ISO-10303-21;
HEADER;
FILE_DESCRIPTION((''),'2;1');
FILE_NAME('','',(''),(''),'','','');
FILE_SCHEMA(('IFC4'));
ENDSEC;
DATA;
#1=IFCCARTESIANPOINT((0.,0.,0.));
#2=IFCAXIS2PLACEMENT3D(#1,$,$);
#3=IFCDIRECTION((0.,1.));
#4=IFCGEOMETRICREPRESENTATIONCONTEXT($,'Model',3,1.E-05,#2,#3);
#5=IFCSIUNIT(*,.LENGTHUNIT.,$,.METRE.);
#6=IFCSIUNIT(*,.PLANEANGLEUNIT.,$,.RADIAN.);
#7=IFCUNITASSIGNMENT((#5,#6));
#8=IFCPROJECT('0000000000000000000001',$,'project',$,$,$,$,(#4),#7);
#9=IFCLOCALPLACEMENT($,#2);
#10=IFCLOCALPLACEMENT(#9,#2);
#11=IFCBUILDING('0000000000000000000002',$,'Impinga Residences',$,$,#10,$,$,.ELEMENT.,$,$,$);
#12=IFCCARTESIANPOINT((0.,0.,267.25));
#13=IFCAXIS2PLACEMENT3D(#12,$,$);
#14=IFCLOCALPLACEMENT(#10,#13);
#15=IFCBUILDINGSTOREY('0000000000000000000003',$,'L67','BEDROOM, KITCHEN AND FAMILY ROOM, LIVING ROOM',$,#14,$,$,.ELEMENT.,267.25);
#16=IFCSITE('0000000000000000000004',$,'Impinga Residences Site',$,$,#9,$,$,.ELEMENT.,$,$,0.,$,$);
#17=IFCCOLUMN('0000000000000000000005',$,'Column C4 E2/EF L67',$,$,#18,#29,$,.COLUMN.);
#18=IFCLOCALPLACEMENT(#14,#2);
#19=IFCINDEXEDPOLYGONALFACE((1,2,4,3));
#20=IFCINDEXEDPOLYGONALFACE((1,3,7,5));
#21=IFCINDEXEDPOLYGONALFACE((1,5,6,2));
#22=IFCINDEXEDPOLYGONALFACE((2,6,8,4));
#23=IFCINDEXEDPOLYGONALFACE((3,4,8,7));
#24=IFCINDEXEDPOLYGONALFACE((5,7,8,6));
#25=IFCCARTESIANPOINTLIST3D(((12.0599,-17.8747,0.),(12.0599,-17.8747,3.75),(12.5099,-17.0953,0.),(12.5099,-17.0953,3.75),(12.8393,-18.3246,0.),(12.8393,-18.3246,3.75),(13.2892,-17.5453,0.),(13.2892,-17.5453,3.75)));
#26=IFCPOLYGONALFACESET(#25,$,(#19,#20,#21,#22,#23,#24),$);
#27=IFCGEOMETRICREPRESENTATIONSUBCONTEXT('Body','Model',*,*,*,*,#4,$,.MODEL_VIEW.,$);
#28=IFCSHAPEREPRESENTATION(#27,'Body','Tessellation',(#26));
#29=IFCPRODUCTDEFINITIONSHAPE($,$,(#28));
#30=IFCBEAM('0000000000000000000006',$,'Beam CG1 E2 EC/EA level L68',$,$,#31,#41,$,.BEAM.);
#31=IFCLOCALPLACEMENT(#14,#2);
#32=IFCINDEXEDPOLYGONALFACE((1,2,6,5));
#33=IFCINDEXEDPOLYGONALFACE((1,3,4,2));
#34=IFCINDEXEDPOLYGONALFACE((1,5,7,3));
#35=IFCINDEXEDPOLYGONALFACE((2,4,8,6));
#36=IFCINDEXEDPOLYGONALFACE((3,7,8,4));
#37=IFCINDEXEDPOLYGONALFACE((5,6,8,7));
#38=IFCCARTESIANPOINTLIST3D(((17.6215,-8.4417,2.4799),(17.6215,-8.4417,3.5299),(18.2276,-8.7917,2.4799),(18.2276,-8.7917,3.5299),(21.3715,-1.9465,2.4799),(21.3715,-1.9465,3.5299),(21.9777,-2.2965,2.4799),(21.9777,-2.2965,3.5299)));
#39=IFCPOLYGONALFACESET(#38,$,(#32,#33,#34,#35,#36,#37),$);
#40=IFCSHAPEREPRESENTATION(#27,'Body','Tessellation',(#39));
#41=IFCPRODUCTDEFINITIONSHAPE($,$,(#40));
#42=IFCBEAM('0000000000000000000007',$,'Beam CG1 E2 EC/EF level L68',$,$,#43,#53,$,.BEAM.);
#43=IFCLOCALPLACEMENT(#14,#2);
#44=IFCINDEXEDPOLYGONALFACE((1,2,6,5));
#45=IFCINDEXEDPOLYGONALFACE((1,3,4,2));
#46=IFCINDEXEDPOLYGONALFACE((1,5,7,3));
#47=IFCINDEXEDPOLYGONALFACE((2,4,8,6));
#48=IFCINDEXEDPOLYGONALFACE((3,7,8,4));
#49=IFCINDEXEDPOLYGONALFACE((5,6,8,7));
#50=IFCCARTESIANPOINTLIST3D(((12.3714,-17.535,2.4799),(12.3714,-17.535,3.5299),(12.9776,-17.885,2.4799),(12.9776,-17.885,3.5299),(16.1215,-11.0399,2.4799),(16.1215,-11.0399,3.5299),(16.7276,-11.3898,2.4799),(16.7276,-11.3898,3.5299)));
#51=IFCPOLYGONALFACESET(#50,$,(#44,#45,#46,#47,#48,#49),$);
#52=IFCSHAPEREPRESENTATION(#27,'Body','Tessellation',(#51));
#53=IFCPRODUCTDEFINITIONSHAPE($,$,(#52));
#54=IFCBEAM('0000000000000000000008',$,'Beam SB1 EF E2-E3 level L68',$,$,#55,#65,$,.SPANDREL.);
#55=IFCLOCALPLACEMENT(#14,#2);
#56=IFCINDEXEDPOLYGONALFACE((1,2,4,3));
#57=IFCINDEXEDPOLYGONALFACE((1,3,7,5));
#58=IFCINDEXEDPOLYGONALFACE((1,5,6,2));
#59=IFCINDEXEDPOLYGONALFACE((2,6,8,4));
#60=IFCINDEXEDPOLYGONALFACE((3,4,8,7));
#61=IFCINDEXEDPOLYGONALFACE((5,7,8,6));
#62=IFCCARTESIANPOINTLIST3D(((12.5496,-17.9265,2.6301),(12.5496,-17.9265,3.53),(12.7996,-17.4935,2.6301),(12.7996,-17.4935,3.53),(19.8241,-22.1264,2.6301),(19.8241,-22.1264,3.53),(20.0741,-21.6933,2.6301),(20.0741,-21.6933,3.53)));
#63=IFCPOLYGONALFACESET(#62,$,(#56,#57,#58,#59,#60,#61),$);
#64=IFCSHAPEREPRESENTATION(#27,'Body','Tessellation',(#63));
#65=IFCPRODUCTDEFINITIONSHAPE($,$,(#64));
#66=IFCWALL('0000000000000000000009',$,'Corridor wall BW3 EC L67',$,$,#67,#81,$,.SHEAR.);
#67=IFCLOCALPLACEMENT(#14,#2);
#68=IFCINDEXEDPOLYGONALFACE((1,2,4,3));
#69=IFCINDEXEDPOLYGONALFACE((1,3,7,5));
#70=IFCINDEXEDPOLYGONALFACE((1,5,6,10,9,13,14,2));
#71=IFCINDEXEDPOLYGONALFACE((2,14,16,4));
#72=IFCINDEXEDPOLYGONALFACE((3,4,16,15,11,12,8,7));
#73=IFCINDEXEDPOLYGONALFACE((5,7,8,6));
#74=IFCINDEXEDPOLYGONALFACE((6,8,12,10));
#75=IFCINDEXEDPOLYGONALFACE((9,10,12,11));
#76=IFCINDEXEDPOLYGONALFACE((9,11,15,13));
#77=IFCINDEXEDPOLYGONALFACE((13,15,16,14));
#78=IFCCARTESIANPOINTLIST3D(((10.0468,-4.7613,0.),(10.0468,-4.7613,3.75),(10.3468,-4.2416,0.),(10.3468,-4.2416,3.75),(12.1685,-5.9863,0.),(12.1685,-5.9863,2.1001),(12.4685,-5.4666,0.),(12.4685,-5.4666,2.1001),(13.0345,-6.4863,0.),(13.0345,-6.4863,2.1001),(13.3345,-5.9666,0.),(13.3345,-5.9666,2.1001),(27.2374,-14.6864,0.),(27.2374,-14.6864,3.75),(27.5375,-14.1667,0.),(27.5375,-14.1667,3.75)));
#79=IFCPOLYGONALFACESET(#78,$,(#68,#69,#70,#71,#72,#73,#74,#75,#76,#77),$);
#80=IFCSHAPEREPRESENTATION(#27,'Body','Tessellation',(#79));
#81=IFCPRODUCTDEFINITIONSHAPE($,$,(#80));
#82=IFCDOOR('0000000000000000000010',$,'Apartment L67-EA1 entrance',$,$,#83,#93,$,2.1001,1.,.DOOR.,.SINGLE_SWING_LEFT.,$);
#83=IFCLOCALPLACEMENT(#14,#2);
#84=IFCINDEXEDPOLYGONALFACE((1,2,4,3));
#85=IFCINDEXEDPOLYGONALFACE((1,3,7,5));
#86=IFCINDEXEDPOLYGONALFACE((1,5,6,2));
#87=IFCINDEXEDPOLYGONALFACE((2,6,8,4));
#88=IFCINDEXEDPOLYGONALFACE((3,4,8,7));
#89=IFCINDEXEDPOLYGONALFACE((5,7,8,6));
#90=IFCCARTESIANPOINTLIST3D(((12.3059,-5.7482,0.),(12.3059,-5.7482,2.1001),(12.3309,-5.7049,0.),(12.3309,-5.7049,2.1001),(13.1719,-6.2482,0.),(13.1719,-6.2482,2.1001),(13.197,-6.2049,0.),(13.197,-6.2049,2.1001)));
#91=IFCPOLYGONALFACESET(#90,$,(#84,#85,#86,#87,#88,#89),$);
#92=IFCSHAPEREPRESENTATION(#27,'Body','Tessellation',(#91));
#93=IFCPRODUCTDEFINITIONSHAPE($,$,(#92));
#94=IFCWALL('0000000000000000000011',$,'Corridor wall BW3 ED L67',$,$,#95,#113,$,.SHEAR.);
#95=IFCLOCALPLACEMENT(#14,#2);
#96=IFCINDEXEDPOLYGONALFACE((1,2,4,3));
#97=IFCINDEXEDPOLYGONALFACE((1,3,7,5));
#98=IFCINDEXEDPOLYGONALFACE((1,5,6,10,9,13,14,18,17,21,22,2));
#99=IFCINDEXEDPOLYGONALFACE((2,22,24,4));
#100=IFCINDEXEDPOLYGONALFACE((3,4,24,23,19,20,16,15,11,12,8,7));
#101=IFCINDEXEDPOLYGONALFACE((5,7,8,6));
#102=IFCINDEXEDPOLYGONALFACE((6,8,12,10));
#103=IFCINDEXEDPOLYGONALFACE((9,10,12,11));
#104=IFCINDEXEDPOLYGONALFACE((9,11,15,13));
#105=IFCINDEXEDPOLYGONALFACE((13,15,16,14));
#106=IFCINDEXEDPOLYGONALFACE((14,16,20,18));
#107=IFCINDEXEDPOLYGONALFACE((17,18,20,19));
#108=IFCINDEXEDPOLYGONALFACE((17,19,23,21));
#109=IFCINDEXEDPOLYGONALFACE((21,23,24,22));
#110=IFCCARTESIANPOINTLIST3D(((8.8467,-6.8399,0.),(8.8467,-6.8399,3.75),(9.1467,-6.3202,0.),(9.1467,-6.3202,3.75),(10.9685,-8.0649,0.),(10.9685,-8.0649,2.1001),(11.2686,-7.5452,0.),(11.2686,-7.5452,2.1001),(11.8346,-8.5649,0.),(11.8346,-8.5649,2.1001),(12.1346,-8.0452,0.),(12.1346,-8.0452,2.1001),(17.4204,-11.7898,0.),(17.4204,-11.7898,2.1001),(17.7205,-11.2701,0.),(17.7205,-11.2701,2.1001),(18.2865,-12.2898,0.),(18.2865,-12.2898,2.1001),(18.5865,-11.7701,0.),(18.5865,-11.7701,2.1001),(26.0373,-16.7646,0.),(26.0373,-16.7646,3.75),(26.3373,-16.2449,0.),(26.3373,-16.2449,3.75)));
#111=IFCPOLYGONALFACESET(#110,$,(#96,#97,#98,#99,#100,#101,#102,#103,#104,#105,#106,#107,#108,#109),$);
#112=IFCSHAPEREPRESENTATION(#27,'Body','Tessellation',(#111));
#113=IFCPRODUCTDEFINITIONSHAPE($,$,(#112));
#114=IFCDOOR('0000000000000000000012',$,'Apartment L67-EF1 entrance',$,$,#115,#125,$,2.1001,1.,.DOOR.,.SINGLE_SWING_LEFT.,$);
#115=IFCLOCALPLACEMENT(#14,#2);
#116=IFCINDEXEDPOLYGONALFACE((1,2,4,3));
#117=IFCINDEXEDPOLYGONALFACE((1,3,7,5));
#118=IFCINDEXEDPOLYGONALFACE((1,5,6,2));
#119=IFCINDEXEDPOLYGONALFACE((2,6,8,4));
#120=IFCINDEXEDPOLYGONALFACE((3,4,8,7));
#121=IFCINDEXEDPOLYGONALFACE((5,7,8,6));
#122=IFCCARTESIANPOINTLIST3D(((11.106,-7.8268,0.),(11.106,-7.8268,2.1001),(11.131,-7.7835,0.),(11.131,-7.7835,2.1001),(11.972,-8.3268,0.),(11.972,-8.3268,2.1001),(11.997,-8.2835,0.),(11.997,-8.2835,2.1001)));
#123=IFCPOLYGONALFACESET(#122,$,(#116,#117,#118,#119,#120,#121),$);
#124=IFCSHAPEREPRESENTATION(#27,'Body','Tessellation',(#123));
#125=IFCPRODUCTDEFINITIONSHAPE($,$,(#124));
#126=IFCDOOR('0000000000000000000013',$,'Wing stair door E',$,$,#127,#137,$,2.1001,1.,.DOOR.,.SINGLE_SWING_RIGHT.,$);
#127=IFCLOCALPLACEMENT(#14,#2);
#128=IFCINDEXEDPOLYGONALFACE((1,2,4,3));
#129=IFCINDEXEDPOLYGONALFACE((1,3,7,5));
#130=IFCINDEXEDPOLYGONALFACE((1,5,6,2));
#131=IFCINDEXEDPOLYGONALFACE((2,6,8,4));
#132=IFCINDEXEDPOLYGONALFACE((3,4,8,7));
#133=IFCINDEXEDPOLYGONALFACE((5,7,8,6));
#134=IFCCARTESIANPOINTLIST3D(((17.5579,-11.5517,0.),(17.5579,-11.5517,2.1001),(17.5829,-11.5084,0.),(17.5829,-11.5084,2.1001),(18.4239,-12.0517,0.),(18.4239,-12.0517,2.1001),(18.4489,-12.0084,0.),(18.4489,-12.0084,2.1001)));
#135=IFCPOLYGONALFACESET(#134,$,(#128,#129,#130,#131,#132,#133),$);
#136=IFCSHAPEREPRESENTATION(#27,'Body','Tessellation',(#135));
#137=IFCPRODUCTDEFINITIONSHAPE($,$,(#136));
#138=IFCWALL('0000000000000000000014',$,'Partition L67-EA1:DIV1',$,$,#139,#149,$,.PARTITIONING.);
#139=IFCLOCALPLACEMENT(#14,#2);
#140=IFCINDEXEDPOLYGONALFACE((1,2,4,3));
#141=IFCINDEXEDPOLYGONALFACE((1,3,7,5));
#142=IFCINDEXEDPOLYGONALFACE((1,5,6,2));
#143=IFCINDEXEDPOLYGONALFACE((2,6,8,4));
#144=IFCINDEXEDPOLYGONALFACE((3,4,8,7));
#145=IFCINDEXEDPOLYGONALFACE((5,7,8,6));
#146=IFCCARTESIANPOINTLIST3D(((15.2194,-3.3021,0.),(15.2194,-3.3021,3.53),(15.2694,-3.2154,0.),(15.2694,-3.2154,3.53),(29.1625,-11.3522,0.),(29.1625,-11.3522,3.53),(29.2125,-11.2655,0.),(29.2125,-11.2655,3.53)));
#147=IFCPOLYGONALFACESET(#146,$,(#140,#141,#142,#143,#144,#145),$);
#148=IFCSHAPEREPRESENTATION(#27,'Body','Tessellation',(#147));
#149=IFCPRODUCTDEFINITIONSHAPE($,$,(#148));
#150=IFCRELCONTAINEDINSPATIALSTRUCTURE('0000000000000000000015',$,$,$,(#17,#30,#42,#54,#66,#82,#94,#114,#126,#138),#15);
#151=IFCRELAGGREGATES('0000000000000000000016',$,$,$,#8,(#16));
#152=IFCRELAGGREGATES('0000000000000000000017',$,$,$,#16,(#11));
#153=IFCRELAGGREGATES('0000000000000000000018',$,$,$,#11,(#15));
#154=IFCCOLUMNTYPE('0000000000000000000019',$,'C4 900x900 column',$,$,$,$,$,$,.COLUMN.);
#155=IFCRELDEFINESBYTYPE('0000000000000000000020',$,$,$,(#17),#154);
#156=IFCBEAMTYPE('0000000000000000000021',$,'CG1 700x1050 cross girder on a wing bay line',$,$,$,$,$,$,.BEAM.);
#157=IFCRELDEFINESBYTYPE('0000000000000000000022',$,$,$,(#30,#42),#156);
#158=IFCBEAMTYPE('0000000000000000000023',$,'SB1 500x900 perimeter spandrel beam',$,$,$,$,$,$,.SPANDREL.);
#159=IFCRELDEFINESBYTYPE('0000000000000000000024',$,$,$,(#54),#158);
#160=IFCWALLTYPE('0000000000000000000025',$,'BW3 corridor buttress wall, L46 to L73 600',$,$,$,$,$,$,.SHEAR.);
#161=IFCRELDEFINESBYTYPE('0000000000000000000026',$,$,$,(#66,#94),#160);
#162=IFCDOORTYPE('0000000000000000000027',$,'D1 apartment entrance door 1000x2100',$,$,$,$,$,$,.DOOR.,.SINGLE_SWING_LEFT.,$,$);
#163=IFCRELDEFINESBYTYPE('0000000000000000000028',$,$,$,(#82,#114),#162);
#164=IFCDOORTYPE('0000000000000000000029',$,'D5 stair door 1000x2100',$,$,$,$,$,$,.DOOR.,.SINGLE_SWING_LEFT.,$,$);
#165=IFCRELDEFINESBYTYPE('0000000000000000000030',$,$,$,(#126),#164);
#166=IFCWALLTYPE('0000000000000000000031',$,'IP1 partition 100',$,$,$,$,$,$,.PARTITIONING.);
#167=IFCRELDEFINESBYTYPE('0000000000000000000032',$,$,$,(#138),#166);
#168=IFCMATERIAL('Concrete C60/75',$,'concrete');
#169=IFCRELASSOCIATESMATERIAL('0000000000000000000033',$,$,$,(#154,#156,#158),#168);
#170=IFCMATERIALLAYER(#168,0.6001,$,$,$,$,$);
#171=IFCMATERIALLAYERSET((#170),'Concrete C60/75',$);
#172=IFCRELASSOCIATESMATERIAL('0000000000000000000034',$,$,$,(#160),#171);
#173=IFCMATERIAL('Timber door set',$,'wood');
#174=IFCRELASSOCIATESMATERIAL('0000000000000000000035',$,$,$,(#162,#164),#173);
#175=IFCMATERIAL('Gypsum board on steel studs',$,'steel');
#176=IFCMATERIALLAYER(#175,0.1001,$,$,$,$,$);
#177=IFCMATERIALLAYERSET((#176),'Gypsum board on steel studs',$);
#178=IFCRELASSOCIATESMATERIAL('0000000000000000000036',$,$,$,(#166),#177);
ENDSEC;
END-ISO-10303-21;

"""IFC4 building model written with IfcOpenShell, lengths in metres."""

from ifc_helpers import new_model, si_unit, direction, frame, frame_2d, origin, origin_2d, place, context, subcontext, project, spatial, rectangle, extrude, material, layer, layer_set, material_profile, profile_set, type_object, element, fill, save


model = new_model("IFC4")

# Units and contexts
model_context = context("Model", 3, precision=1e-05, world=origin(), true_north=direction((0.0, 1.0)))
body_context = subcontext(model_context, "Body", "Model", "MODEL_VIEW")
ifc_project = project(units=[si_unit("LENGTHUNIT", "METRE"), si_unit("PLANEANGLEUNIT", "RADIAN")], contexts=[model_context])

# Site, building, storey
site_placement = place(None, origin())
site = spatial("IfcSite", under=ifc_project, at=site_placement, Name="Impinga Residences Site", CompositionType="ELEMENT", RefElevation=0.0)
building_placement = place(site_placement, origin())
building = spatial("IfcBuilding", under=site, at=building_placement, Name="Impinga Residences", CompositionType="ELEMENT")
storey_placement = place(building_placement, frame((0.0, 0.0, 267.25)))
storey = spatial("IfcBuildingStorey", under=building, at=storey_placement, Name="L67", Description="BEDROOM, KITCHEN AND FAMILY ROOM, LIVING ROOM", CompositionType="ELEMENT", Elevation=267.25)

# Column
ifc_material_1 = material(Name="Concrete C60/75", Category="concrete")
ifc_material_profile_1 = material_profile(ifc_material_1, rectangle(XDim=0.8999, YDim=0.8999, at=origin_2d()), Name="RC 900x900")
ifc_profile_set_1 = profile_set([ifc_material_profile_1], Name="Concrete C60/75")
column_type = type_object("IfcColumnType", Name="C4 900x900 column", PredefinedType="COLUMN", material=ifc_profile_set_1)
column_placement = place(storey_placement, frame((12.6746, -17.71, 0.0), z_axis=(0.0, 0.0, 1.0), x_axis=(-0.5, -0.866025, 0.0)))
element("IfcColumn", 1, at=column_placement, inside=storey, type_object=column_type, Name="Column C4 E2/EF L67", PredefinedType="COLUMN", context=body_context, shape_type="SweptSolid", body=[
    extrude(rectangle(XDim=0.8999, YDim=0.8999, at=origin_2d()), origin(), (0.0, 0.0, 1.0), 3.75),
])

# Beams
ifc_material_profile_2 = material_profile(ifc_material_1, rectangle(XDim=0.7, YDim=1.05, at=origin_2d()), Name="RC 700x1050")
ifc_profile_set_2 = profile_set([ifc_material_profile_2], Name="Concrete C60/75")
beam_type_1 = type_object("IfcBeamType", Name="CG1 700x1050 cross girder on a wing bay line", PredefinedType="BEAM", material=ifc_profile_set_2)
for number, where, z_axis, x_axis, name in (
    (2, (17.9246, -8.6167, 3.0049), (0.500004, 0.866023, 0.0), (-0.866023, 0.500004, 0.0), "Beam CG1 E2 EC/EA level L68"),
    (3, (16.4246, -11.2148, 3.0049), (-0.500004, -0.866023, 0.0), (0.866023, -0.500004, 0.0), "Beam CG1 E2 EC/EF level L68"),
):
    element("IfcBeam", number, at=place(storey_placement, frame(where, z_axis=z_axis, x_axis=x_axis)), inside=storey, type_object=beam_type_1, Name=name, PredefinedType="BEAM", context=body_context, shape_type="SweptSolid", body=[
        extrude(rectangle(XDim=0.7, YDim=1.05, at=origin_2d()), origin(), (0.0, 0.0, 1.0), 7.5),
    ])
ifc_material_profile_3 = material_profile(ifc_material_1, rectangle(XDim=0.5, YDim=0.8999, at=origin_2d()), Name="RC 500x900")
ifc_profile_set_3 = profile_set([ifc_material_profile_3], Name="Concrete C60/75")
beam_type_2 = type_object("IfcBeamType", Name="SB1 500x900 perimeter spandrel beam", PredefinedType="SPANDREL", material=ifc_profile_set_3)
beam_placement = place(storey_placement, frame((12.6746, -17.71, 3.0801), z_axis=(0.866029, -0.499993, 0.0), x_axis=(0.499993, 0.866029, 0.0)))
element("IfcBeam", 4, at=beam_placement, inside=storey, type_object=beam_type_2, Name="Beam SB1 EF E2-E3 level L68", PredefinedType="SPANDREL", context=body_context, shape_type="SweptSolid", body=[
    extrude(rectangle(XDim=0.5, YDim=0.8999, at=origin_2d()), origin(), (0.0, 0.0, 1.0), 8.3999),
])

# Wall, opening, door
ifc_layer_1 = layer(ifc_material_1, 0.6001)
ifc_layer_set_1 = layer_set([ifc_layer_1], Name="Concrete C60/75")
wall_type_1 = type_object("IfcWallType", Name="BW3 corridor buttress wall, L46 to L73 600", PredefinedType="SHEAR", material=ifc_layer_set_1)
wall_1_placement = place(storey_placement, frame((10.1968, -4.5015, 0.0), z_axis=(0.0, 0.0, 1.0), x_axis=(0.866025, -0.5, 0.0)))
wall_1 = element("IfcWall", 5, at=wall_1_placement, inside=storey, type_object=wall_type_1, Name="Corridor wall BW3 EC L67", PredefinedType="SHEAR", context=body_context, shape_type="SweptSolid", body=[
    extrude(rectangle(XDim=19.8501, YDim=0.6001, at=frame_2d((9.925, 0.0))), origin(), (0.0, 0.0, 1.0), 3.75),
])
opening_1_placement = place(wall_1_placement, frame((2.45, 0.0, 0.0)))
opening_1 = element("IfcOpeningElement", 6, at=opening_1_placement, cuts=wall_1, PredefinedType="OPENING", context=body_context, shape_type="SweptSolid", body=[
    extrude(rectangle(XDim=1.0, YDim=2.1001, at=frame_2d((0.5, 1.05))), frame((0.0, 0.3101, 0.0), z_axis=(0.0, -1.0, 0.0), x_axis=(1.0, 0.0, 0.0)), (0.0, 0.0, 1.0), 0.6201),
])
ifc_material_2 = material(Name="Timber door set", Category="wood")
door_type_1 = type_object("IfcDoorType", Name="D1 apartment entrance door 1000x2100", OperationType="SINGLE_SWING_LEFT", PredefinedType="DOOR", material=ifc_material_2)
door_1_placement = place(opening_1_placement, origin())
door_1 = element("IfcDoor", 7, at=door_1_placement, inside=storey, type_object=door_type_1, Name="Apartment L67-EA1 entrance", OperationType="SINGLE_SWING_LEFT", OverallHeight=2.1001, OverallWidth=1.0, PredefinedType="DOOR", context=body_context, shape_type="SweptSolid", body=[
    extrude(rectangle(XDim=1.0, YDim=2.1001, at=frame_2d((0.5, 1.05))), frame((0.0, 0.0249, 0.0), z_axis=(0.0, -1.0, 0.0), x_axis=(1.0, 0.0, 0.0)), (0.0, 0.0, 1.0), 0.05),
])
fill(opening_1, door_1)

# Wall, openings, doors
wall_2_placement = place(storey_placement, frame((8.9968, -6.5801, 0.0), z_axis=(0.0, 0.0, 1.0), x_axis=(0.866031, -0.499991, 0.0)))
wall_2 = element("IfcWall", 8, at=wall_2_placement, inside=storey, type_object=wall_type_1, Name="Corridor wall BW3 ED L67", PredefinedType="SHEAR", context=body_context, shape_type="SweptSolid", body=[
    extrude(rectangle(XDim=19.8499, YDim=0.6001, at=frame_2d((9.9248, 0.0))), origin(), (0.0, 0.0, 1.0), 3.75),
])
opening_2_placement = place(wall_2_placement, frame((9.8999, 0.0, 0.0)))
opening_2 = element("IfcOpeningElement", 9, at=opening_2_placement, cuts=wall_2, PredefinedType="OPENING", context=body_context, shape_type="SweptSolid", body=[
    extrude(rectangle(XDim=1.0, YDim=2.1001, at=frame_2d((0.5, 1.05))), frame((0.0, 0.3101, 0.0), z_axis=(0.0, -1.0, 0.0), x_axis=(1.0, 0.0, 0.0)), (0.0, 0.0, 1.0), 0.6201),
])
opening_3_placement = place(wall_2_placement, frame((2.45, 0.0, 0.0)))
opening_3 = element("IfcOpeningElement", 10, at=opening_3_placement, cuts=wall_2, PredefinedType="OPENING", context=body_context, shape_type="SweptSolid", body=[
    extrude(rectangle(XDim=1.0, YDim=2.1001, at=frame_2d((0.5, 1.05))), frame((0.0, 0.3101, 0.0), z_axis=(0.0, -1.0, 0.0), x_axis=(1.0, 0.0, 0.0)), (0.0, 0.0, 1.0), 0.6201),
])
door_2_placement = place(opening_3_placement, origin())
door_2 = element("IfcDoor", 11, at=door_2_placement, inside=storey, type_object=door_type_1, Name="Apartment L67-EF1 entrance", OperationType="SINGLE_SWING_LEFT", OverallHeight=2.1001, OverallWidth=1.0, PredefinedType="DOOR", context=body_context, shape_type="SweptSolid", body=[
    extrude(rectangle(XDim=1.0, YDim=2.1001, at=frame_2d((0.5, 1.05))), frame((0.0, 0.0249, 0.0), z_axis=(0.0, -1.0, 0.0), x_axis=(1.0, 0.0, 0.0)), (0.0, 0.0, 1.0), 0.05),
])
fill(opening_3, door_2)
door_type_2 = type_object("IfcDoorType", Name="D5 stair door 1000x2100", OperationType="SINGLE_SWING_LEFT", PredefinedType="DOOR", material=ifc_material_2)
door_3_placement = place(opening_2_placement, origin())
door_3 = element("IfcDoor", 12, at=door_3_placement, inside=storey, type_object=door_type_2, Name="Wing stair door E", OperationType="SINGLE_SWING_RIGHT", OverallHeight=2.1001, OverallWidth=1.0, PredefinedType="DOOR", context=body_context, shape_type="SweptSolid", body=[
    extrude(rectangle(XDim=1.0, YDim=2.1001, at=frame_2d((0.5, 1.05))), frame((0.0, 0.0249, 0.0), z_axis=(0.0, -1.0, 0.0), x_axis=(1.0, 0.0, 0.0)), (0.0, 0.0, 1.0), 0.05),
])
fill(opening_2, door_3)

# Wall
ifc_material_3 = material(Name="Gypsum board on steel studs", Category="steel")
ifc_layer_2 = layer(ifc_material_3, 0.1001)
ifc_layer_set_2 = layer_set([ifc_layer_2], Name="Gypsum board on steel studs")
wall_type_2 = type_object("IfcWallType", Name="IP1 partition 100", PredefinedType="PARTITIONING", material=ifc_layer_set_2)
wall_3_placement = place(storey_placement, frame((15.2444, -3.2588, 0.0), z_axis=(0.0, 0.0, 1.0), x_axis=(0.866026, -0.499999, 0.0)))
element("IfcWall", 13, at=wall_3_placement, inside=storey, type_object=wall_type_2, Name="Partition L67-EA1:DIV1", PredefinedType="PARTITIONING", context=body_context, shape_type="SweptSolid", body=[
    extrude(rectangle(XDim=16.1001, YDim=0.1001, at=frame_2d((8.05, 0.0))), origin(), (0.0, 0.0, 1.0), 3.53),
])

save(model, "model.ifc")
